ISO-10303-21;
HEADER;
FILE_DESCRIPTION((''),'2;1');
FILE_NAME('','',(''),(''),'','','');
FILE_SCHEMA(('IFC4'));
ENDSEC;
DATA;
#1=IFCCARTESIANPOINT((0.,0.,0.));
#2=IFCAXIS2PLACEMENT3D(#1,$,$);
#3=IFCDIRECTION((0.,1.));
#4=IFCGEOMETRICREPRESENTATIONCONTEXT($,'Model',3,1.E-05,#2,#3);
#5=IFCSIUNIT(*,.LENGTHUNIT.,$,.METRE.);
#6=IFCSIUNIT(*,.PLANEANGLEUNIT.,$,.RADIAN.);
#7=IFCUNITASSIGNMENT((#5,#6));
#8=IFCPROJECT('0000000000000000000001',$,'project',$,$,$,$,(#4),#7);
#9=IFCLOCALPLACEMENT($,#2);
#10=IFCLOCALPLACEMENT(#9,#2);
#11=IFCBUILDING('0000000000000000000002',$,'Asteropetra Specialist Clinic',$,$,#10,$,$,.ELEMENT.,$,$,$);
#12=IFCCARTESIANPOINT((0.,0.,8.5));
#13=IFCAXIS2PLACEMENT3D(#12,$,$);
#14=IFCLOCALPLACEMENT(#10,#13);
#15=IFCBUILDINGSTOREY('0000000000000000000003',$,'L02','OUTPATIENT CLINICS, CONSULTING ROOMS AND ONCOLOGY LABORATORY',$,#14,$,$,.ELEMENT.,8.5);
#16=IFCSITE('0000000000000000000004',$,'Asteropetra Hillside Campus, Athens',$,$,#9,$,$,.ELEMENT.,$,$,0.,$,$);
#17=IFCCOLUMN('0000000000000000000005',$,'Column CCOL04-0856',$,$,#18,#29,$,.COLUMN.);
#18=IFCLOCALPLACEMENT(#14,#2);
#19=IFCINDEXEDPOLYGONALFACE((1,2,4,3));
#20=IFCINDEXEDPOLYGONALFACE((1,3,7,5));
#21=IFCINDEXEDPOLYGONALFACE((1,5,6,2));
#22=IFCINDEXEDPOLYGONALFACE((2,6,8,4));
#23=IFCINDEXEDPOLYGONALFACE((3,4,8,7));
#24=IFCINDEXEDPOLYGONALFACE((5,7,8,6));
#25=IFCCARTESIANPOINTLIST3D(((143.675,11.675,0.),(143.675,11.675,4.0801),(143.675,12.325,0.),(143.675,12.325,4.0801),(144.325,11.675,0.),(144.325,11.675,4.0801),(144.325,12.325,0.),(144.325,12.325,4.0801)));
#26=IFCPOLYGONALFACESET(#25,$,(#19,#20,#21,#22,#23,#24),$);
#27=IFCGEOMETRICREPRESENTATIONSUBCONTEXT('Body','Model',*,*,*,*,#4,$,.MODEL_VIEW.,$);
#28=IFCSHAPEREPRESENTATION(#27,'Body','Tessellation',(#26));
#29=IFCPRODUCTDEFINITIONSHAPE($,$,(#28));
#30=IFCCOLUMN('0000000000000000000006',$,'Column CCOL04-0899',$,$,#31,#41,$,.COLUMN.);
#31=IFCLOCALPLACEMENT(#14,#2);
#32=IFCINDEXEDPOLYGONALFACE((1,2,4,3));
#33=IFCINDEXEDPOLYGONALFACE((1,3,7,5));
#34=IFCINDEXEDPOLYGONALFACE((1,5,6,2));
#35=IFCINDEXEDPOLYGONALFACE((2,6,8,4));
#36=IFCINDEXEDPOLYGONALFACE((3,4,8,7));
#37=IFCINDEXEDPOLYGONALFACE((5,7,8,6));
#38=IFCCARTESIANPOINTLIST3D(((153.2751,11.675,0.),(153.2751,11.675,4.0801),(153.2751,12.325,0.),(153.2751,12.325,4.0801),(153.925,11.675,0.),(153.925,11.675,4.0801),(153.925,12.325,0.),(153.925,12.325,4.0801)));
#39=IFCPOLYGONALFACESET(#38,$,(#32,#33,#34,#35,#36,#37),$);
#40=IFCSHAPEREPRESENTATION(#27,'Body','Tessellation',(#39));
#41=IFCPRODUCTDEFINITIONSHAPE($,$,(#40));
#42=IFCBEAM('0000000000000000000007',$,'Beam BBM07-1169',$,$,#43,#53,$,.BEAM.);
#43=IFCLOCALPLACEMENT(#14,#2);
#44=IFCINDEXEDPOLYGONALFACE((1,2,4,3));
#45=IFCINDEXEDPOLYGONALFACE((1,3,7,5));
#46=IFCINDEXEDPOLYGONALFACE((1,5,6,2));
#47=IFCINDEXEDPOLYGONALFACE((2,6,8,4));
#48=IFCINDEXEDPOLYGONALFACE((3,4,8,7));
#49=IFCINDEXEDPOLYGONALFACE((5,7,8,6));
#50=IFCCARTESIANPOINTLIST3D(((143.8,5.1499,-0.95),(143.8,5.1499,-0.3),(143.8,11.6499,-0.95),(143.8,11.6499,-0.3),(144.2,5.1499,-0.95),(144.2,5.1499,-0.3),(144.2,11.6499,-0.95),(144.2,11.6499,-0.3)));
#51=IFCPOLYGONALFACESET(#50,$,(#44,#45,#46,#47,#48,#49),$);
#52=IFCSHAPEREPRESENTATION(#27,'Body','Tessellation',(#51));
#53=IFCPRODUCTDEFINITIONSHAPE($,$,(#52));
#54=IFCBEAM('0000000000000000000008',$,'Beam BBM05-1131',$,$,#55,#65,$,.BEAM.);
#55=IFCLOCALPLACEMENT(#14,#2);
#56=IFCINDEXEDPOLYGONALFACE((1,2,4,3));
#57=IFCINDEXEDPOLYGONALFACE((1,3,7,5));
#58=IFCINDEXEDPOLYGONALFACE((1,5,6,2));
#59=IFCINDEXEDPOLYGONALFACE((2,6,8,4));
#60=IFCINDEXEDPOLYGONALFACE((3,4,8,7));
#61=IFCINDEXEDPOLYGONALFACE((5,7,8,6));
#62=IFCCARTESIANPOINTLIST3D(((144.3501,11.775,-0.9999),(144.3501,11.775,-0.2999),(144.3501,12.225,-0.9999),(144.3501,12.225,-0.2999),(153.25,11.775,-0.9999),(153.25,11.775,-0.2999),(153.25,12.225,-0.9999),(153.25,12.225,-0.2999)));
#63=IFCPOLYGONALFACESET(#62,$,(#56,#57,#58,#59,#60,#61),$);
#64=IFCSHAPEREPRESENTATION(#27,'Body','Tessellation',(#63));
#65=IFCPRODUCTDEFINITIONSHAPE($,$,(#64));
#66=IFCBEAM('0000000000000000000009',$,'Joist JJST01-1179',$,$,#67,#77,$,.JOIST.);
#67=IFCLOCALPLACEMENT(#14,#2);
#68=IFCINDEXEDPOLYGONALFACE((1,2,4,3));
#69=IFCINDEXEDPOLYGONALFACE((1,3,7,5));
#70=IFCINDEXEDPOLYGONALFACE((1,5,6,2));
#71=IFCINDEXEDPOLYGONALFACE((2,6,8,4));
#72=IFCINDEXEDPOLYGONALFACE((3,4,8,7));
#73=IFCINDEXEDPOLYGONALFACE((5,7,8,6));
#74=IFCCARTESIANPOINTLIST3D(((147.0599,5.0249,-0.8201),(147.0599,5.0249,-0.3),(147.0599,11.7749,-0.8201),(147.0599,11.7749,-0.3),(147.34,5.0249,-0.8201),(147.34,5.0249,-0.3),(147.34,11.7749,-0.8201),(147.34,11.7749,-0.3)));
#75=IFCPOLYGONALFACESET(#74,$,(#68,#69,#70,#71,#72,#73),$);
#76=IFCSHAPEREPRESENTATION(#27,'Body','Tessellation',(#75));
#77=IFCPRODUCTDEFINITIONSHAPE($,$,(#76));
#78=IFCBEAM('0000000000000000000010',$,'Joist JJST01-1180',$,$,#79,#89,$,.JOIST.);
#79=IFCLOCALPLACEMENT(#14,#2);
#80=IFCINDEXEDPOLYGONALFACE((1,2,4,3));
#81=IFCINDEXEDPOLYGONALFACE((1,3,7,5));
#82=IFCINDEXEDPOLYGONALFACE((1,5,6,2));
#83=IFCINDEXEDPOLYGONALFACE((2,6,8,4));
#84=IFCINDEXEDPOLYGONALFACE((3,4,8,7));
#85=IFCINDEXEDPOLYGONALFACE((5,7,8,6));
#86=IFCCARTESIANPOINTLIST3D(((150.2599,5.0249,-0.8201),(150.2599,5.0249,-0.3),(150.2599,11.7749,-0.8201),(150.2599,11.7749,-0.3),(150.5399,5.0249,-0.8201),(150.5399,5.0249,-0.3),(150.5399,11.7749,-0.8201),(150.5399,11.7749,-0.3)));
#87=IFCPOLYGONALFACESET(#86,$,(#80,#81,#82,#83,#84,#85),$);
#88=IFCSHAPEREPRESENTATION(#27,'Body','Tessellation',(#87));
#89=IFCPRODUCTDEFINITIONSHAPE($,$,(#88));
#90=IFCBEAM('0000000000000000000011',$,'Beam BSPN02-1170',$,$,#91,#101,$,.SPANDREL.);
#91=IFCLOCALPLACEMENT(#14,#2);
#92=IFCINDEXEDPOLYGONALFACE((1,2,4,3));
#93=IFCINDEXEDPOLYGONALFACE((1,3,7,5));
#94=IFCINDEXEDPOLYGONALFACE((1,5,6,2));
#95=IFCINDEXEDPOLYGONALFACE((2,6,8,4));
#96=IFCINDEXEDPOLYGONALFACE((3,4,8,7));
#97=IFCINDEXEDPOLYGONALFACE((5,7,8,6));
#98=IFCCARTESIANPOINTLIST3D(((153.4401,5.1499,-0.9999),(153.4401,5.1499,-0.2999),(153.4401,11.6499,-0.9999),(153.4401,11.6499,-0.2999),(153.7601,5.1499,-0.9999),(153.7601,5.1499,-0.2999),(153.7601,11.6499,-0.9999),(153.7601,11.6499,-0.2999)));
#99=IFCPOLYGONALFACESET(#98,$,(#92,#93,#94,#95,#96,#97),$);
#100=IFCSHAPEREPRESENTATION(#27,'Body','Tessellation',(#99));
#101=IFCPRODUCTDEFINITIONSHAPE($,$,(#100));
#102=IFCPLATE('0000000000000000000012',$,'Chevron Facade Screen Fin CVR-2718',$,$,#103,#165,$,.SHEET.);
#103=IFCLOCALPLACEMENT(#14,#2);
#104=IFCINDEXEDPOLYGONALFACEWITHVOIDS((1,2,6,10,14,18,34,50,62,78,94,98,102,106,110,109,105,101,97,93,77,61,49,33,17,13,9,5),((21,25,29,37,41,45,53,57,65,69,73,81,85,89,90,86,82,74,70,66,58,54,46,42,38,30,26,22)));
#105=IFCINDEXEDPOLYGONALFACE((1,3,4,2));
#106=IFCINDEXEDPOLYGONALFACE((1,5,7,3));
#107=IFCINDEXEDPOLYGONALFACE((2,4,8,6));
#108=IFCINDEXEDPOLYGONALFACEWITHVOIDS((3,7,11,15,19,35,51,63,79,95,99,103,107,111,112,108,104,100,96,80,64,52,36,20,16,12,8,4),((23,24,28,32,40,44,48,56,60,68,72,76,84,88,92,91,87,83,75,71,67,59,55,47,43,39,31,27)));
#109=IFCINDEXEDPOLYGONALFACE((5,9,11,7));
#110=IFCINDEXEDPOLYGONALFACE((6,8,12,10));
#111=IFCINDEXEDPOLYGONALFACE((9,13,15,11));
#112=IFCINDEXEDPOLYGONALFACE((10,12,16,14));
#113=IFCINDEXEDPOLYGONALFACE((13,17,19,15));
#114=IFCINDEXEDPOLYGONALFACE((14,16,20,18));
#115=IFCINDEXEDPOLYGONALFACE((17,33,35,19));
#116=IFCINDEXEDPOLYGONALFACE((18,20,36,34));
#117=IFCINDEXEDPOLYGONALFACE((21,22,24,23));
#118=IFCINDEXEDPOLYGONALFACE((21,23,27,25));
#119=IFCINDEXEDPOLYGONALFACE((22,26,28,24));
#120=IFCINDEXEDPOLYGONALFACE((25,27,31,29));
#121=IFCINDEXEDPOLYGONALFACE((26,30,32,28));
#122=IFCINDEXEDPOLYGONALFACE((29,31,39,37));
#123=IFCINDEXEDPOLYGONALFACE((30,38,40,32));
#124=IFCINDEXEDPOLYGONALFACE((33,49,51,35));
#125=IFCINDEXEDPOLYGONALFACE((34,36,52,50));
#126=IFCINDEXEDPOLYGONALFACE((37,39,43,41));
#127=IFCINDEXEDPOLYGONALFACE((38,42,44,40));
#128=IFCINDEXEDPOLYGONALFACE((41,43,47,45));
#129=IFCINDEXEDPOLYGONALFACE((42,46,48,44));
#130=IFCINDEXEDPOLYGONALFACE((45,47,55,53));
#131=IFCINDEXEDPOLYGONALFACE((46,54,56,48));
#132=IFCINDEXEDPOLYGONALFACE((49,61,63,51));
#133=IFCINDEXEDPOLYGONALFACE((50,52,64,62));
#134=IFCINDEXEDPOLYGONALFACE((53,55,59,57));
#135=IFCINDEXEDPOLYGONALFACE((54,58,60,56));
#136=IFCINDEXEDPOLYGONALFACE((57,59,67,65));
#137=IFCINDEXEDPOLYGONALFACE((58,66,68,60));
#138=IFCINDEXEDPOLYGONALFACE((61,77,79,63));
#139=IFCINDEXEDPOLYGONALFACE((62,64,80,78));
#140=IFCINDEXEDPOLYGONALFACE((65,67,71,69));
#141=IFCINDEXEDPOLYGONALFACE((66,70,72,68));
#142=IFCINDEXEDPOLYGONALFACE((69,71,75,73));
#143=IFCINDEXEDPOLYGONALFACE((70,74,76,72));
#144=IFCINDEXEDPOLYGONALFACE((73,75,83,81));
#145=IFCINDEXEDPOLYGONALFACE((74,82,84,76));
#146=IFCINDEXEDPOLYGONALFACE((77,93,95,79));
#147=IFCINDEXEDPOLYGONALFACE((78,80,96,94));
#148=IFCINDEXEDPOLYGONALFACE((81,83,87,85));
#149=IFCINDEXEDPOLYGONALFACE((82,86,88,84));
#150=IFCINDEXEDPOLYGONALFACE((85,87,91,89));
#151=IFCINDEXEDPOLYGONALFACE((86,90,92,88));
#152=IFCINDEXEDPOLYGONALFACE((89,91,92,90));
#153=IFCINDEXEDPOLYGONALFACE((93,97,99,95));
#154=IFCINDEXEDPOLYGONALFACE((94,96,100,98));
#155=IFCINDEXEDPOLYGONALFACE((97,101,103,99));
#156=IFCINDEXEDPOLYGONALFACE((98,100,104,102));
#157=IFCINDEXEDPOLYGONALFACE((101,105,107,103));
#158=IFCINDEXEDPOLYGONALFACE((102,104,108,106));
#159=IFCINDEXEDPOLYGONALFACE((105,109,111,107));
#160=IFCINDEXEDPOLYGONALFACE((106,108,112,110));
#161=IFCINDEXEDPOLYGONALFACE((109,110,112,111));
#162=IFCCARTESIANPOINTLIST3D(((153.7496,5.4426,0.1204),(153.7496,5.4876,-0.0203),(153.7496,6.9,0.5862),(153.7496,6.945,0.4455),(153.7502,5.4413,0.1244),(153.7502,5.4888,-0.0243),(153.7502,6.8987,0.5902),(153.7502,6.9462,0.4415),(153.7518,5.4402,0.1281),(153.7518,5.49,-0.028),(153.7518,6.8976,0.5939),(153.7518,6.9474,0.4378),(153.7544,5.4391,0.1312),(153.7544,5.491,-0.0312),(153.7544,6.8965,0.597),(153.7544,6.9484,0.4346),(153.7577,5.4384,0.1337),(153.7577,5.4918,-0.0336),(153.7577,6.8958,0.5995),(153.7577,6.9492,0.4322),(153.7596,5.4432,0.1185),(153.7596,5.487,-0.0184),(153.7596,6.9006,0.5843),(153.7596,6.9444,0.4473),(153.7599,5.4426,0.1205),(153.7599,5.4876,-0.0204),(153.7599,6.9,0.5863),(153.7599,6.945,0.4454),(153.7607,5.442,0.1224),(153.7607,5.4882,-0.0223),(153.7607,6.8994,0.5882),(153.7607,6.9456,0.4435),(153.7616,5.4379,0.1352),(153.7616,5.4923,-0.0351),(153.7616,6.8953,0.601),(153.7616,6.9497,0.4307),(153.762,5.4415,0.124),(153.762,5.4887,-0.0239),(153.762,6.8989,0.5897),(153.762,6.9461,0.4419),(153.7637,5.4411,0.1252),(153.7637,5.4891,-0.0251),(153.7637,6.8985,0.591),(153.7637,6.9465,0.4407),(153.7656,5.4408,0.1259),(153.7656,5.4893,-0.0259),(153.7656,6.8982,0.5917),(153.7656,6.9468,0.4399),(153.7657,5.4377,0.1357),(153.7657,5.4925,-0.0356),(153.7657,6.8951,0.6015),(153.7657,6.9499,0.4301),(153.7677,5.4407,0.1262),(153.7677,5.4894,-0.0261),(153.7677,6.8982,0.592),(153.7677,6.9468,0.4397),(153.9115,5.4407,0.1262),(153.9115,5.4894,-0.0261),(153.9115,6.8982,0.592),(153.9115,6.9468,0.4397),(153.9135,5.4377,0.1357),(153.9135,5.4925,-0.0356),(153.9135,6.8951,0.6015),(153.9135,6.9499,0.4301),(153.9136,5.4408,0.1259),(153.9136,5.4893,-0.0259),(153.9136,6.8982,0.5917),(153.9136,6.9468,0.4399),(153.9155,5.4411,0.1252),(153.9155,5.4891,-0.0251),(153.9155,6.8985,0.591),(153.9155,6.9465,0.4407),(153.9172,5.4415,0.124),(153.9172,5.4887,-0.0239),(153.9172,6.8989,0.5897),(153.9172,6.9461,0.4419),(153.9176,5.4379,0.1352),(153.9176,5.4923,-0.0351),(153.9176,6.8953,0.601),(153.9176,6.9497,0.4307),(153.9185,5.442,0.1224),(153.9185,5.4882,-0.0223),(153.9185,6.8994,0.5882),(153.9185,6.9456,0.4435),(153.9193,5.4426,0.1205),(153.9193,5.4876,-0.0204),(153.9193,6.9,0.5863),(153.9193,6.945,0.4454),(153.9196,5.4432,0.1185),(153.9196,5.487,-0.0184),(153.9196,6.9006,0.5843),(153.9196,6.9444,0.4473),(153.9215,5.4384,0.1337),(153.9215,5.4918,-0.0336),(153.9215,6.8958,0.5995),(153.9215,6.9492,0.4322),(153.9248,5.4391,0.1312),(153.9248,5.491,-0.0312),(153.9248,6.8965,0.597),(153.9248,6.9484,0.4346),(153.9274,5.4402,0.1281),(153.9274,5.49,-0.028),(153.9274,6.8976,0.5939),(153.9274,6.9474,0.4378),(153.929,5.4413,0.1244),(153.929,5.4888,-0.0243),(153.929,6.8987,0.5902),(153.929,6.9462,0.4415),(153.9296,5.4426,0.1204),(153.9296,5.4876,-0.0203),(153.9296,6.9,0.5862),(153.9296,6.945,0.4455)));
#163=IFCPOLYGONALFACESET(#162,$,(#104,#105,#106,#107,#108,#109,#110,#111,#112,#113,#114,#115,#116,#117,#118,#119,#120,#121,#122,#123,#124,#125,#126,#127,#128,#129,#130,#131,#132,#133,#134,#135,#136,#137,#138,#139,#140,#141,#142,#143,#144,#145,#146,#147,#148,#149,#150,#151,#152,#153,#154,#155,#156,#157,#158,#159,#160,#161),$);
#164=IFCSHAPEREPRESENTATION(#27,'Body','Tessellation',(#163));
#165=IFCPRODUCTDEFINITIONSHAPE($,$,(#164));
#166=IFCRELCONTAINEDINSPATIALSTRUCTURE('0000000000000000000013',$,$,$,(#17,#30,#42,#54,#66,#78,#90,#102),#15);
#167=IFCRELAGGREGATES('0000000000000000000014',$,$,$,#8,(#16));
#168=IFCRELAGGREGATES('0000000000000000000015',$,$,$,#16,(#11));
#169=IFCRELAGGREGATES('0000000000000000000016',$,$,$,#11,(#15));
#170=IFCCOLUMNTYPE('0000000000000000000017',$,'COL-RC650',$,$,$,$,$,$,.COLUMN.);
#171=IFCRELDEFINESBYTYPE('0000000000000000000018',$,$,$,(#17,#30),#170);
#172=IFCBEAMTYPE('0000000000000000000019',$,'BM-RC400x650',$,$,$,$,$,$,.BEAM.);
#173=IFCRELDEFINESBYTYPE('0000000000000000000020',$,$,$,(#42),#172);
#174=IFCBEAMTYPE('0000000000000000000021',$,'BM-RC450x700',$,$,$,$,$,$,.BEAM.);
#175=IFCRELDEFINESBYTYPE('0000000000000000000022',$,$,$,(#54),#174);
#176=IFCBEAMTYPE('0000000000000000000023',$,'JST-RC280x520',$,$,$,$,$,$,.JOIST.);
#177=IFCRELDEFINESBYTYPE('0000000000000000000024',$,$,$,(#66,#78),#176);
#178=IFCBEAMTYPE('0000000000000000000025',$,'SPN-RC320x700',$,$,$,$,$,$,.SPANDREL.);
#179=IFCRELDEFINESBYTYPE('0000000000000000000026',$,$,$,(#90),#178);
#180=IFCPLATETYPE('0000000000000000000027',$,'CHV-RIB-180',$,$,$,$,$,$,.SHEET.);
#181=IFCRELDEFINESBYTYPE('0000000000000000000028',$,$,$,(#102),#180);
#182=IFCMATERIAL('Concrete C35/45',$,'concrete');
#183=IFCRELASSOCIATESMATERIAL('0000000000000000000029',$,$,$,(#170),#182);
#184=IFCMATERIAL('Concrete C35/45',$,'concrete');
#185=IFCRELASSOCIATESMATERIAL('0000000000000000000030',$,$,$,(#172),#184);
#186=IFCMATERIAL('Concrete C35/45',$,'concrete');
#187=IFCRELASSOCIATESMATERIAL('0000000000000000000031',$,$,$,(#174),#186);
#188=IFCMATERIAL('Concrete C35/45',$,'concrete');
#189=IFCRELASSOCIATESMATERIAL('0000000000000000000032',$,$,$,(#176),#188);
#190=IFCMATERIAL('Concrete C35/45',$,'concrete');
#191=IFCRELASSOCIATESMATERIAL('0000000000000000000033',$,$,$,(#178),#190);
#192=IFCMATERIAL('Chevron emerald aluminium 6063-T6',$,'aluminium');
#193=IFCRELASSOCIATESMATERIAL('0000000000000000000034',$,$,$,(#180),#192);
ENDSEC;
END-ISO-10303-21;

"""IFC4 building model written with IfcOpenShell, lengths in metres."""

from ifc_helpers import new_model, si_unit, direction, frame, origin, origin_2d, place, context, subcontext, project, spatial, rectangle, hollow_rectangle, extrude, material, material_profile, profile_set, type_object, element, save


model = new_model("IFC4")

# Units and contexts
model_context = context("Model", 3, precision=1e-05, world=origin(), true_north=direction((0.0, 1.0)))
body_context = subcontext(model_context, "Body", "Model", "MODEL_VIEW")
ifc_project = project(units=[si_unit("LENGTHUNIT", "METRE"), si_unit("PLANEANGLEUNIT", "RADIAN")], contexts=[model_context])

# Site, building, storey
site_placement = place(None, origin())
site = spatial("IfcSite", under=ifc_project, at=site_placement, Name="Asteropetra Hillside Campus, Athens", CompositionType="ELEMENT", RefElevation=0.0)
building_placement = place(site_placement, origin())
building = spatial("IfcBuilding", under=site, at=building_placement, Name="Asteropetra Specialist Clinic", CompositionType="ELEMENT")
storey_placement = place(building_placement, frame((0.0, 0.0, 8.5)))
storey = spatial("IfcBuildingStorey", under=building, at=storey_placement, Name="L02", Description="OUTPATIENT CLINICS, CONSULTING ROOMS AND ONCOLOGY LABORATORY", CompositionType="ELEMENT", Elevation=8.5)

# Columns
ifc_material_1 = material(Name="Concrete C35/45", Category="concrete")
ifc_material_profile_1 = material_profile(ifc_material_1, rectangle(XDim=0.6499, YDim=0.6499, at=origin_2d()), Name="RC 650x650")
ifc_profile_set_1 = profile_set([ifc_material_profile_1], Name="Concrete C35/45")
column_type = type_object("IfcColumnType", Name="COL-RC650", PredefinedType="COLUMN", material=ifc_profile_set_1)
for number, where, z_axis, x_axis, name in (
    (1, (144.0, 12.0, 0.0), (0.0, 0.0, 1.0), (1.0, 0.0, 0.0), "Column CCOL04-0856"),
    (2, (153.6001, 12.0, 0.0), (0.0, 0.0, 1.0), (1.0, 0.0, 0.0), "Column CCOL04-0899"),
):
    element("IfcColumn", number, at=place(storey_placement, frame(where, z_axis=z_axis, x_axis=x_axis)), inside=storey, type_object=column_type, Name=name, PredefinedType="COLUMN", context=body_context, shape_type="SweptSolid", body=[
        extrude(rectangle(XDim=0.6499, YDim=0.6499, at=origin_2d()), origin(), (0.0, 0.0, 1.0), 4.0801),
    ])

# Beams
ifc_material_2 = material(Name="Concrete C35/45", Category="concrete")
ifc_material_profile_2 = material_profile(ifc_material_2, rectangle(XDim=0.3999, YDim=0.6499, at=origin_2d()), Name="RCB 400x650")
ifc_profile_set_2 = profile_set([ifc_material_profile_2], Name="Concrete C35/45")
beam_type_1 = type_object("IfcBeamType", Name="BM-RC400x650", PredefinedType="BEAM", material=ifc_profile_set_2)
beam_1_placement = place(storey_placement, frame((144.0, 5.1499, -0.625), z_axis=(0.0, 1.0, 0.0), x_axis=(-1.0, 0.0, 0.0)))
element("IfcBeam", 3, at=beam_1_placement, inside=storey, type_object=beam_type_1, Name="Beam BBM07-1169", PredefinedType="BEAM", context=body_context, shape_type="SweptSolid", body=[
    extrude(rectangle(XDim=0.3999, YDim=0.6499, at=origin_2d()), origin(), (0.0, 0.0, 1.0), 6.5),
])
ifc_material_3 = material(Name="Concrete C35/45", Category="concrete")
ifc_material_profile_3 = material_profile(ifc_material_3, rectangle(XDim=0.45, YDim=0.7, at=origin_2d()), Name="RCB 450x700")
ifc_profile_set_3 = profile_set([ifc_material_profile_3], Name="Concrete C35/45")
beam_type_2 = type_object("IfcBeamType", Name="BM-RC450x700", PredefinedType="BEAM", material=ifc_profile_set_3)
beam_2_placement = place(storey_placement, frame((144.3501, 12.0, -0.6499), z_axis=(1.0, 0.0, 0.0), x_axis=(0.0, 1.0, 0.0)))
element("IfcBeam", 4, at=beam_2_placement, inside=storey, type_object=beam_type_2, Name="Beam BBM05-1131", PredefinedType="BEAM", context=body_context, shape_type="SweptSolid", body=[
    extrude(rectangle(XDim=0.45, YDim=0.7, at=origin_2d()), origin(), (0.0, 0.0, 1.0), 8.8999),
])
ifc_material_4 = material(Name="Concrete C35/45", Category="concrete")
ifc_material_profile_4 = material_profile(ifc_material_4, rectangle(XDim=0.28, YDim=0.52, at=origin_2d()), Name="RCJ 280x520")
ifc_profile_set_4 = profile_set([ifc_material_profile_4], Name="Concrete C35/45")
beam_type_3 = type_object("IfcBeamType", Name="JST-RC280x520", PredefinedType="JOIST", material=ifc_profile_set_4)
for number, where, z_axis, x_axis, name in (
    (5, (147.2, 5.0249, -0.5601), (0.0, 1.0, 0.0), (-1.0, 0.0, 0.0), "Joist JJST01-1179"),
    (6, (150.3999, 5.0249, -0.5601), (0.0, 1.0, 0.0), (-1.0, 0.0, 0.0), "Joist JJST01-1180"),
):
    element("IfcBeam", number, at=place(storey_placement, frame(where, z_axis=z_axis, x_axis=x_axis)), inside=storey, type_object=beam_type_3, Name=name, PredefinedType="JOIST", context=body_context, shape_type="SweptSolid", body=[
        extrude(rectangle(XDim=0.28, YDim=0.52, at=origin_2d()), origin(), (0.0, 0.0, 1.0), 6.75),
    ])
ifc_material_5 = material(Name="Concrete C35/45", Category="concrete")
ifc_material_profile_5 = material_profile(ifc_material_5, rectangle(XDim=0.3201, YDim=0.7, at=origin_2d()), Name="RCS 320x700")
ifc_profile_set_5 = profile_set([ifc_material_profile_5], Name="Concrete C35/45")
beam_type_4 = type_object("IfcBeamType", Name="SPN-RC320x700", PredefinedType="SPANDREL", material=ifc_profile_set_5)
beam_3_placement = place(storey_placement, frame((153.6001, 5.1499, -0.6499), z_axis=(0.0, 1.0, 0.0), x_axis=(-1.0, 0.0, 0.0)))
element("IfcBeam", 7, at=beam_3_placement, inside=storey, type_object=beam_type_4, Name="Beam BSPN02-1170", PredefinedType="SPANDREL", context=body_context, shape_type="SweptSolid", body=[
    extrude(rectangle(XDim=0.3201, YDim=0.7, at=origin_2d()), origin(), (0.0, 0.0, 1.0), 6.5),
])

# Plate
ifc_material_6 = material(Name="Chevron emerald aluminium 6063-T6", Category="aluminium")
ifc_material_profile_6 = material_profile(ifc_material_6, hollow_rectangle(XDim=0.1799, YDim=0.1799, WallThickness=0.01, InnerFilletRadius=0.0081, OuterFilletRadius=0.0161, at=origin_2d()), Name="SHS 180x180x10.0")
ifc_profile_set_6 = profile_set([ifc_material_profile_6], Name="Chevron emerald aluminium 6063-T6")
plate_type = type_object("IfcPlateType", Name="CHV-RIB-180", PredefinedType="SHEET", material=ifc_profile_set_6)
for number, where, z_axis, x_axis, name in (
    (8, (153.8396, 5.4651, 0.05), (0.0, 0.952535, 0.304428), (-1.0, 0.0, 0.0), "Chevron Facade Screen Fin CVR-2718"),
):
    element("IfcPlate", number, at=place(storey_placement, frame(where, z_axis=z_axis, x_axis=x_axis)), inside=storey, type_object=plate_type, Name=name, PredefinedType="SHEET", context=body_context, shape_type="SweptSolid", body=[
        extrude(hollow_rectangle(XDim=0.1799, YDim=0.1799, WallThickness=0.01, InnerFilletRadius=0.0081, OuterFilletRadius=0.0161, at=origin_2d()), origin(), (0.0, 0.0, 1.0), 1.53),
    ])

save(model, "model.ifc")
